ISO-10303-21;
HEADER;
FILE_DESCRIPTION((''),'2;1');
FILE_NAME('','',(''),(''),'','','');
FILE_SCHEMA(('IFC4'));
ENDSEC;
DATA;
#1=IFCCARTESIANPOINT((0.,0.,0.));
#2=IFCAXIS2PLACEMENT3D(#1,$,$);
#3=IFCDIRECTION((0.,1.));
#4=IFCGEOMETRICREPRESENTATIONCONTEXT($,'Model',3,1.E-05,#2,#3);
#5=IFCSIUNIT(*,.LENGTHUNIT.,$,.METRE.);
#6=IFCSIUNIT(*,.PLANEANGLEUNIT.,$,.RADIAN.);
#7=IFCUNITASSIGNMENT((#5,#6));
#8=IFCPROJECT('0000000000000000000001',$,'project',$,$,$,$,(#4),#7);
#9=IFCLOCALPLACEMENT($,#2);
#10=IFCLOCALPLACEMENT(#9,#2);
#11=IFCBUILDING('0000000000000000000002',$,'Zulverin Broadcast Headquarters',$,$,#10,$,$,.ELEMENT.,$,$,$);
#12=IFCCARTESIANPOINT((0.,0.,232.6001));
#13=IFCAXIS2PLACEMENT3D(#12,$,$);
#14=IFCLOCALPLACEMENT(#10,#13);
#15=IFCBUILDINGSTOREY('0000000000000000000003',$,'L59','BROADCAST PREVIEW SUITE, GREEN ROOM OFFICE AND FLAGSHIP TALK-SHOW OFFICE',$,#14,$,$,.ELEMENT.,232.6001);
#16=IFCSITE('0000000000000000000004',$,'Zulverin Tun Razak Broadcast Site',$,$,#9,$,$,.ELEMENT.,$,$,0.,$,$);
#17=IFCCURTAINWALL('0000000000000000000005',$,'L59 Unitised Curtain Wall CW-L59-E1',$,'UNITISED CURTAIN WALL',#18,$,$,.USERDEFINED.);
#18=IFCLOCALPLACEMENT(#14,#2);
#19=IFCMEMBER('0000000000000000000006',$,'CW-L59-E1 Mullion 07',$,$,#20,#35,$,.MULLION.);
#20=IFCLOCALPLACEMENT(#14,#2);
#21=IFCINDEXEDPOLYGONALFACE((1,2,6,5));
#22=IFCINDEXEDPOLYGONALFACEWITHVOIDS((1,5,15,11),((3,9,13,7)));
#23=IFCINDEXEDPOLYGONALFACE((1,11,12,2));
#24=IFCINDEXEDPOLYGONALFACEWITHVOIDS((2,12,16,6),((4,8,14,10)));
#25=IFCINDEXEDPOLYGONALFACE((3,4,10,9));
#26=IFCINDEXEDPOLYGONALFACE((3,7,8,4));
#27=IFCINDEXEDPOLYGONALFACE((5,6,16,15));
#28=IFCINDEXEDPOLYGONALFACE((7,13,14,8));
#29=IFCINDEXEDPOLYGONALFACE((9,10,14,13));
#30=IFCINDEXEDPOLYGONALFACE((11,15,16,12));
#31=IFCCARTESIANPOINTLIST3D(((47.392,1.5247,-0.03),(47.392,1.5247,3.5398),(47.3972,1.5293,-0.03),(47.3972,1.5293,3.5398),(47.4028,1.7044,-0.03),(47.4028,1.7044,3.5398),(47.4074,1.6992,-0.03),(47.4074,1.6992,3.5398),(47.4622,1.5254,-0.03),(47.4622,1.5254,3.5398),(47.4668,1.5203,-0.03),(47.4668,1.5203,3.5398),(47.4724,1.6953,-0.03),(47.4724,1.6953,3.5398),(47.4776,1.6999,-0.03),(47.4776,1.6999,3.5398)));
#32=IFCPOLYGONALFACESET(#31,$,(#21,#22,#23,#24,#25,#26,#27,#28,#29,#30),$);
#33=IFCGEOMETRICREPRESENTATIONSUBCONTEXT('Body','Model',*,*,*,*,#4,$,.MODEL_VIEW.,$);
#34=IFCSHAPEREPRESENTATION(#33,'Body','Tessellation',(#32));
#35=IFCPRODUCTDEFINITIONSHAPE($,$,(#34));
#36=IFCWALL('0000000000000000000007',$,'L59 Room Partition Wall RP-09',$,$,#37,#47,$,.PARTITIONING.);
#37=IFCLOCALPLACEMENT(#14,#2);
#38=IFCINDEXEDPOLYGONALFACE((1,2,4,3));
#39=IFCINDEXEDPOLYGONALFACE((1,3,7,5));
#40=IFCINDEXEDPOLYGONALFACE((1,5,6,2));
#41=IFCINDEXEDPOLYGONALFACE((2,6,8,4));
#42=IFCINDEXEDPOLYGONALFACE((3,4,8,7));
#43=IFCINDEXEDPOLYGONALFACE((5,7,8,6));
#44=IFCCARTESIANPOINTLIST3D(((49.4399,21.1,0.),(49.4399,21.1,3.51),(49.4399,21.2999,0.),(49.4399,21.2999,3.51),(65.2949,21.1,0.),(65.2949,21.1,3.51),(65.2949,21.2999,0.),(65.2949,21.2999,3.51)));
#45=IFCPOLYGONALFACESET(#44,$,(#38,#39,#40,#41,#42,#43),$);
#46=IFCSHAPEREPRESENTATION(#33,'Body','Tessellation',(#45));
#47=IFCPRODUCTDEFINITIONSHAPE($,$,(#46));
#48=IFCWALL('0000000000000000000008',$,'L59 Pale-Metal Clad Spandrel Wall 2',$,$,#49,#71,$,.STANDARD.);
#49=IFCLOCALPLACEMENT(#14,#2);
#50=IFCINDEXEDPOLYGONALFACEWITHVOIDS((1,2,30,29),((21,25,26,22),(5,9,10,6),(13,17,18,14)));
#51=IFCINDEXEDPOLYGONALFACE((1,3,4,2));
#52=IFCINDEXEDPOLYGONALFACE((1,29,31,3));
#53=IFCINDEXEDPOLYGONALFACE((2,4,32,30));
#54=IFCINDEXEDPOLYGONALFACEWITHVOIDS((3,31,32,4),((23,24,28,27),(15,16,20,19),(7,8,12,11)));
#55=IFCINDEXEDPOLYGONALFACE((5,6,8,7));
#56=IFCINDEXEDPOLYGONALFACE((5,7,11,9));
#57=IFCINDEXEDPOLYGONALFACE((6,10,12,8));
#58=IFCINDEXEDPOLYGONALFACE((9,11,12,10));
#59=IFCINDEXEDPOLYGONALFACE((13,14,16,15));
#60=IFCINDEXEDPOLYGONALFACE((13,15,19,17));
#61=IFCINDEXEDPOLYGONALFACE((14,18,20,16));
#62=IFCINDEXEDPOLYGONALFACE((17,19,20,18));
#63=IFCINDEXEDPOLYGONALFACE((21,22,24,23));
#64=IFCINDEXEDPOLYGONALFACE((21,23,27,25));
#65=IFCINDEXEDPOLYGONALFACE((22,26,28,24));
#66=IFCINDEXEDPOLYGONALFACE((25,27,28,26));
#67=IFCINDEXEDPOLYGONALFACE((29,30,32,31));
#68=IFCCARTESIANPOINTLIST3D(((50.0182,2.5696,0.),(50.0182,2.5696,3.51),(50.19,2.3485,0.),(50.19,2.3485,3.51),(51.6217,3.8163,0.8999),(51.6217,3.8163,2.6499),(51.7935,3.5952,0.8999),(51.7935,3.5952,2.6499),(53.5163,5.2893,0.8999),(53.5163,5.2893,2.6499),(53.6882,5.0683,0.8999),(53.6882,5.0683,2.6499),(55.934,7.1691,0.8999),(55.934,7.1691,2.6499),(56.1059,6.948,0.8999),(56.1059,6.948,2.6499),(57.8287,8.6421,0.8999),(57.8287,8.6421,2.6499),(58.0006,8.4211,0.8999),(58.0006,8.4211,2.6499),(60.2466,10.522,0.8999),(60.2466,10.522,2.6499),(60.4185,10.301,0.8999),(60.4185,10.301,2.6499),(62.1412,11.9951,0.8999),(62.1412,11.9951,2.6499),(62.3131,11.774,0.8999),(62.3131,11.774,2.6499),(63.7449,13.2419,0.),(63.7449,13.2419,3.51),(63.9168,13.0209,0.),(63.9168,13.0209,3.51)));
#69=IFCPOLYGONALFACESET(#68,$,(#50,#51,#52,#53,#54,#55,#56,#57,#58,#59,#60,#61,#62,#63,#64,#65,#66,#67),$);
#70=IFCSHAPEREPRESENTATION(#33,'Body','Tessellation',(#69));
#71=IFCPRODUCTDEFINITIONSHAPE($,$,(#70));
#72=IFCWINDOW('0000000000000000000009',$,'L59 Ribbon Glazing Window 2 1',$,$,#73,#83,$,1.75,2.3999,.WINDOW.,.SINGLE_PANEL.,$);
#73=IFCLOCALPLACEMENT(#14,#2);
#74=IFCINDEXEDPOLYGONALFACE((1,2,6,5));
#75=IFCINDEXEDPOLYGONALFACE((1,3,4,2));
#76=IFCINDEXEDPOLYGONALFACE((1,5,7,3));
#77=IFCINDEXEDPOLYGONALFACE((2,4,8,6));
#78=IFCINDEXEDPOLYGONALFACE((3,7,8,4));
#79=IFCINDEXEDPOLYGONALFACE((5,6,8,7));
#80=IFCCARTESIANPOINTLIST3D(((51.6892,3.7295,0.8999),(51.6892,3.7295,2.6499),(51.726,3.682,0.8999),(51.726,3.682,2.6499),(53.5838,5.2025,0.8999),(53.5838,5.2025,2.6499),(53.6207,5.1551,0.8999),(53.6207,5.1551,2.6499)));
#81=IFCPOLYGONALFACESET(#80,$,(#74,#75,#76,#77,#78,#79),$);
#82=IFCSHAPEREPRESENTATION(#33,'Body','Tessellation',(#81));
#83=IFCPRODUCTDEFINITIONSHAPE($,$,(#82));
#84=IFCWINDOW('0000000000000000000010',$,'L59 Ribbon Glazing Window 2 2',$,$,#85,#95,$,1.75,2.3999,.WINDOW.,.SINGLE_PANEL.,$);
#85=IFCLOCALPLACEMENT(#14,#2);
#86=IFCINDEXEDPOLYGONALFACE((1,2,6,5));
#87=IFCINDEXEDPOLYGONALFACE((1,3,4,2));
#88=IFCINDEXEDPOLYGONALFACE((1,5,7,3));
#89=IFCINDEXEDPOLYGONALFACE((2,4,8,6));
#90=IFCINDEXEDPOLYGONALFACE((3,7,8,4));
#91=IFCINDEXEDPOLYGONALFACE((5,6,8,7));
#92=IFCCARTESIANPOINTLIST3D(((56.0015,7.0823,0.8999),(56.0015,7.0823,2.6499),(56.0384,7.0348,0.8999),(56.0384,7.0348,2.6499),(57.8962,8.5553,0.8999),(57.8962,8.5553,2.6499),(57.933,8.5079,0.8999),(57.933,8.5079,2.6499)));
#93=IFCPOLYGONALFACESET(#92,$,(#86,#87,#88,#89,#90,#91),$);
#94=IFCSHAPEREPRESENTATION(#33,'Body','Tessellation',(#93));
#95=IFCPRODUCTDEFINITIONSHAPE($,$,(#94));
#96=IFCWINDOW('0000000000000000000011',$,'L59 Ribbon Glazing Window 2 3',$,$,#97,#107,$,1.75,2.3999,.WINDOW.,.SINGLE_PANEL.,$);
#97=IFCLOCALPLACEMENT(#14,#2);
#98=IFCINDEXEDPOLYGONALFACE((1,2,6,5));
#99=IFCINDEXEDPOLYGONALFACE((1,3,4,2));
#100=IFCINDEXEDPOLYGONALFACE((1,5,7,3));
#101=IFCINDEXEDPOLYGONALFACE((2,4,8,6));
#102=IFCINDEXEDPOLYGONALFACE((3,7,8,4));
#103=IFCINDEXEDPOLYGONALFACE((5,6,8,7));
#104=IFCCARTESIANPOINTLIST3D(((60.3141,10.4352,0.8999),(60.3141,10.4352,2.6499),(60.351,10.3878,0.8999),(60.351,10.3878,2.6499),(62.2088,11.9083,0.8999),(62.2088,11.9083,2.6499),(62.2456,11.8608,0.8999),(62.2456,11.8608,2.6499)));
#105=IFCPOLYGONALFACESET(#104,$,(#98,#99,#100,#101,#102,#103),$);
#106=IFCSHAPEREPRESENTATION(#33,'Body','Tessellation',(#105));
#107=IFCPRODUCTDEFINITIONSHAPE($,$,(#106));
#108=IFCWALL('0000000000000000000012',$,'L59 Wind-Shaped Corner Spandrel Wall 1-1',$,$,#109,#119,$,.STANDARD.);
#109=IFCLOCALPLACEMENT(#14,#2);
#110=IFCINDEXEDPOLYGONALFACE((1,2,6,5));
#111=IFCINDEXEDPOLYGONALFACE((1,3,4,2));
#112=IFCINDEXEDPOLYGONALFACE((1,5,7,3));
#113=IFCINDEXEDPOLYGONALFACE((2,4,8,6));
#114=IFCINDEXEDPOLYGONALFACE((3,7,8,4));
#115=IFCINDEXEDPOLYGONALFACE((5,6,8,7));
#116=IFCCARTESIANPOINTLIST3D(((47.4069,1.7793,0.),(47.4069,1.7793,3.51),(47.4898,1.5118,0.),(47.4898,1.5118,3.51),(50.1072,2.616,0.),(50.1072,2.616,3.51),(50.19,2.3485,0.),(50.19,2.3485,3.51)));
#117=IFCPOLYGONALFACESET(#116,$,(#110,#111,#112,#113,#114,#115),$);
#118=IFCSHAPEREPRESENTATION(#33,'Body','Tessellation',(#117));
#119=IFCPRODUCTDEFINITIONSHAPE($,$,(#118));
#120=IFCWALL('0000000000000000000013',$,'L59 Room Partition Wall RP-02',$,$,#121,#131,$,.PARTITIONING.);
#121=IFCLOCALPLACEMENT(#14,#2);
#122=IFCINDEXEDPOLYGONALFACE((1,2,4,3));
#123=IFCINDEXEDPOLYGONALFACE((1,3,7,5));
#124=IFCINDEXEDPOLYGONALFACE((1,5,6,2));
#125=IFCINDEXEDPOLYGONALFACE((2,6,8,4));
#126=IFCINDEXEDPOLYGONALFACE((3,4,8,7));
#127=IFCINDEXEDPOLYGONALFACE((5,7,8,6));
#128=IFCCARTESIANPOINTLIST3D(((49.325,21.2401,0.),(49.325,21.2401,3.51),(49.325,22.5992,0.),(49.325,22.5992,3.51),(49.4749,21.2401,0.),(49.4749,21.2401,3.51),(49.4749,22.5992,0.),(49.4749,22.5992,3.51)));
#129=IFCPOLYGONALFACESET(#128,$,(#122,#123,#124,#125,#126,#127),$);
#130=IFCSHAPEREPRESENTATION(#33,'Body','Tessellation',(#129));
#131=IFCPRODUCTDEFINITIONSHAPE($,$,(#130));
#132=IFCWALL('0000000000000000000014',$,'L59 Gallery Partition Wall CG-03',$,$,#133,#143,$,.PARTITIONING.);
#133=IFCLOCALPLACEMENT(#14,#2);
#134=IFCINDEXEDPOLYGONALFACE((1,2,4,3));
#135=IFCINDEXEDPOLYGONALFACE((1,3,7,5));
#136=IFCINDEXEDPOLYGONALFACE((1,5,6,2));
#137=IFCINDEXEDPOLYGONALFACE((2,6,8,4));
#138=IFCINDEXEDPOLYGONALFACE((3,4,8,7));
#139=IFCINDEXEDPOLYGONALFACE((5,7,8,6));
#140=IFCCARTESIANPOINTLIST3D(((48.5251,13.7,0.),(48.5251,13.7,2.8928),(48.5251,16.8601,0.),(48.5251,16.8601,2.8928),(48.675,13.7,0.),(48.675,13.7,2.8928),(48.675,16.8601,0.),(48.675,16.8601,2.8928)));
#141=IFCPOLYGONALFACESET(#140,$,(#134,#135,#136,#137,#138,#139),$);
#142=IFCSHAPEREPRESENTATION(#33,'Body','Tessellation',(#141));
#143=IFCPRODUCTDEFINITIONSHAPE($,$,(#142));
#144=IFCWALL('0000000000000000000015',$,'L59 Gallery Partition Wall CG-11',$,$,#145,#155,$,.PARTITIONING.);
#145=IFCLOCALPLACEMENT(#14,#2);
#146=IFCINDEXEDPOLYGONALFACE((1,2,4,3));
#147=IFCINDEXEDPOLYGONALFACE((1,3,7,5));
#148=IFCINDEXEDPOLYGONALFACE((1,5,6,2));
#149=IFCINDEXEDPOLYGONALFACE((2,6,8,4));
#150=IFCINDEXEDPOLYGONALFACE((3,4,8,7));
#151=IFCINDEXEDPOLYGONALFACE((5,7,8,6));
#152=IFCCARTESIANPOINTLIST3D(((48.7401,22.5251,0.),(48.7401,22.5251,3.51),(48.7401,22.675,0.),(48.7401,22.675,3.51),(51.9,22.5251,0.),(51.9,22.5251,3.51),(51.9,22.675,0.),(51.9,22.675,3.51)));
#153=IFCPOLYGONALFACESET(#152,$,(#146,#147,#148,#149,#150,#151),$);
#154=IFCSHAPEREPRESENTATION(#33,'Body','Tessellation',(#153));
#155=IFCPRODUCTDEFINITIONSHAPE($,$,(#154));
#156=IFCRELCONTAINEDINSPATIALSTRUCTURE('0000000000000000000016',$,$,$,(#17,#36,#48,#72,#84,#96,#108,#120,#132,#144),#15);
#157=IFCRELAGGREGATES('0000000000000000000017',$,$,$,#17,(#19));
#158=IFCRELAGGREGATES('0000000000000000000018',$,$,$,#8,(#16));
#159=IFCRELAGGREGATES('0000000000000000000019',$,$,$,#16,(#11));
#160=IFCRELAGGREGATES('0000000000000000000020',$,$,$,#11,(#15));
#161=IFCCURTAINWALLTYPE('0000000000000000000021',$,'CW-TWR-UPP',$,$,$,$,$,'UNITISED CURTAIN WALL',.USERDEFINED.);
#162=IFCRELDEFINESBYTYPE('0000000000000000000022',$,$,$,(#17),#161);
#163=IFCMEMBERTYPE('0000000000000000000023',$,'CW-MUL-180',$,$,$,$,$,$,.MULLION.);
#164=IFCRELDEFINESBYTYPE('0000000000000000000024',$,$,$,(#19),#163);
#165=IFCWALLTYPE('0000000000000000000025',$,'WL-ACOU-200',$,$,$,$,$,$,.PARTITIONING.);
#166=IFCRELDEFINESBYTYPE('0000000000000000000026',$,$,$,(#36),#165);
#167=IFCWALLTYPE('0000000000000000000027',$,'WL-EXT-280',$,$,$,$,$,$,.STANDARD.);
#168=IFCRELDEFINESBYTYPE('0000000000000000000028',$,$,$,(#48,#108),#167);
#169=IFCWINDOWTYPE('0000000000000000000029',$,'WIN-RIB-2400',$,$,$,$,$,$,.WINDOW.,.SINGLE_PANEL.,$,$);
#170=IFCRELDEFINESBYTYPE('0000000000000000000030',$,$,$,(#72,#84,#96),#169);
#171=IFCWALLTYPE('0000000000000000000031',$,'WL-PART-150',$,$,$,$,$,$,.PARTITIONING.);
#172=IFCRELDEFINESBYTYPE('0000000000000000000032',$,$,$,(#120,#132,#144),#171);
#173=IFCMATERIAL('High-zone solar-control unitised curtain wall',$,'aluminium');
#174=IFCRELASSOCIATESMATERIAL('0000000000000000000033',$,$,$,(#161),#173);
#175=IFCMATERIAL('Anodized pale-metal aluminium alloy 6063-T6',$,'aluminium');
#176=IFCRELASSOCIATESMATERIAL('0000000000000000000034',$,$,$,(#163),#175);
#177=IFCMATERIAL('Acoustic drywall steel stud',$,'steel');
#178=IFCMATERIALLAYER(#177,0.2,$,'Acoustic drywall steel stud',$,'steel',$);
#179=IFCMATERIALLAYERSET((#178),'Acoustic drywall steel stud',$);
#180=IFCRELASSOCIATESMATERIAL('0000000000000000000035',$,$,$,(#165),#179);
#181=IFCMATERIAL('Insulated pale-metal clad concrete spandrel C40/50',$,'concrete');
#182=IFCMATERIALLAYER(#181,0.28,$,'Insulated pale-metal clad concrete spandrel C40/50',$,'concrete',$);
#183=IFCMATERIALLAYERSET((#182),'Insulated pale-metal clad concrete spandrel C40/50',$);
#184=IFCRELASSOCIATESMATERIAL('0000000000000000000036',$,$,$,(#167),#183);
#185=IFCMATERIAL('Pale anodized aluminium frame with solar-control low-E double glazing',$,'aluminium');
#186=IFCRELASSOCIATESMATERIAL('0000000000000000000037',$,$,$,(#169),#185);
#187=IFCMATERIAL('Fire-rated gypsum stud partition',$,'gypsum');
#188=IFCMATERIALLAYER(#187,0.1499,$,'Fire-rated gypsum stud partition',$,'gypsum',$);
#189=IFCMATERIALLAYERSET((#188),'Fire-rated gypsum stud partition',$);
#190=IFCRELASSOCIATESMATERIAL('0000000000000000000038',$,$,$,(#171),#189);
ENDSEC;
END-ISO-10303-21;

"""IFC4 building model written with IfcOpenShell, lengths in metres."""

from ifc_helpers import new_model, si_unit, direction, frame, frame_2d, origin, origin_2d, place, context, subcontext, project, spatial, rectangle, hollow_rectangle, extrude, material, layer, layer_set, material_profile, profile_set, type_object, element, fill, aggregate, save


model = new_model("IFC4")

# Units and contexts
model_context = context("Model", 3, precision=1e-05, world=origin(), true_north=direction((0.0, 1.0)))
body_context = subcontext(model_context, "Body", "Model", "MODEL_VIEW")
ifc_project = project(units=[si_unit("LENGTHUNIT", "METRE"), si_unit("PLANEANGLEUNIT", "RADIAN")], contexts=[model_context])

# Site, building, storey
site_placement = place(None, origin())
site = spatial("IfcSite", under=ifc_project, at=site_placement, Name="Zulverin Tun Razak Broadcast Site", CompositionType="ELEMENT", RefElevation=0.0)
building_placement = place(site_placement, origin())
building = spatial("IfcBuilding", under=site, at=building_placement, Name="Zulverin Broadcast Headquarters", CompositionType="ELEMENT")
storey_placement = place(building_placement, frame((0.0, 0.0, 232.6001)))
storey = spatial("IfcBuildingStorey", under=building, at=storey_placement, Name="L59", Description="BROADCAST PREVIEW SUITE, GREEN ROOM OFFICE AND FLAGSHIP TALK-SHOW OFFICE", CompositionType="ELEMENT", Elevation=232.6001)

# Curtain wall, member
ifc_material_1 = material(Name="High-zone solar-control unitised curtain wall", Category="aluminium")
curtain_wall_type = type_object("IfcCurtainWallType", Name="CW-TWR-UPP", ElementType="UNITISED CURTAIN WALL", PredefinedType="USERDEFINED", material=ifc_material_1)
curtain_wall_placement = place(storey_placement, origin())
curtain_wall = element("IfcCurtainWall", 1, at=curtain_wall_placement, inside=storey, type_object=curtain_wall_type, Name="L59 Unitised Curtain Wall CW-L59-E1", ObjectType="UNITISED CURTAIN WALL", PredefinedType="USERDEFINED")
ifc_material_2 = material(Name="Anodized pale-metal aluminium alloy 6063-T6", Category="aluminium")
ifc_material_profile_1 = material_profile(ifc_material_2, hollow_rectangle(XDim=0.075, YDim=0.1799, WallThickness=0.0049, at=origin_2d()), Name="Anodized pale-metal aluminium alloy 6063-T6", Category="aluminium")
ifc_profile_set_1 = profile_set([ifc_material_profile_1], Name="Anodized pale-metal aluminium alloy 6063-T6")
member_type = type_object("IfcMemberType", Name="CW-MUL-180", PredefinedType="MULLION", material=ifc_profile_set_1)
member_placement = place(storey_placement, frame((47.4348, 1.6123, -0.03), z_axis=(0.0, 0.0, 1.0), x_axis=(0.998203, -0.059928, 0.0)))
member = element("IfcMember", 2, at=member_placement, type_object=member_type, Name="CW-L59-E1 Mullion 07", PredefinedType="MULLION", context=body_context, shape_type="SweptSolid", body=[
    extrude(hollow_rectangle(XDim=0.075, YDim=0.1799, WallThickness=0.0049, at=origin_2d()), origin(), (0.0, 0.0, 1.0), 3.5698),
])
aggregate(curtain_wall, [member])

# Wall
ifc_material_3 = material(Name="Acoustic drywall steel stud", Category="steel")
ifc_layer_1 = layer(ifc_material_3, 0.2, Name="Acoustic drywall steel stud", Category="steel")
ifc_layer_set_1 = layer_set([ifc_layer_1], Name="Acoustic drywall steel stud")
wall_type_1 = type_object("IfcWallType", Name="WL-ACOU-200", PredefinedType="PARTITIONING", material=ifc_layer_set_1)
wall_1_placement = place(storey_placement, frame((49.4399, 21.2, 0.0), z_axis=(0.0, 0.0, 1.0), x_axis=(1.0, 0.0, 0.0)))
element("IfcWall", 3, at=wall_1_placement, inside=storey, type_object=wall_type_1, Name="L59 Room Partition Wall RP-09", PredefinedType="PARTITIONING", context=body_context, shape_type="SweptSolid", body=[
    extrude(rectangle(XDim=15.855, YDim=0.2, at=frame_2d((7.9275, 0.0))), origin(), (0.0, 0.0, 1.0), 3.51),
])

# Wall, openings, windows
ifc_material_4 = material(Name="Insulated pale-metal clad concrete spandrel C40/50", Category="concrete")
ifc_layer_2 = layer(ifc_material_4, 0.28, Name="Insulated pale-metal clad concrete spandrel C40/50", Category="concrete")
ifc_layer_set_2 = layer_set([ifc_layer_2], Name="Insulated pale-metal clad concrete spandrel C40/50")
wall_type_2 = type_object("IfcWallType", Name="WL-EXT-280", PredefinedType="STANDARD", material=ifc_layer_set_2)
wall_2_placement = place(storey_placement, frame((50.104, 2.459, 0.0), z_axis=(0.0, 0.0, 1.0), x_axis=(0.789465, 0.613796, 0.0)))
wall_2 = element("IfcWall", 4, at=wall_2_placement, inside=storey, type_object=wall_type_2, Name="L59 Pale-Metal Clad Spandrel Wall 2", PredefinedType="STANDARD", context=body_context, shape_type="SweptSolid", body=[
    extrude(rectangle(XDim=17.3875, YDim=0.28, at=frame_2d((8.6938, 0.0))), origin(), (0.0, 0.0, 1.0), 3.51),
])
opening_1_placement = place(wall_2_placement, frame((2.0312, 0.0, 0.8999)))
opening_1 = element("IfcOpeningElement", 5, at=opening_1_placement, cuts=wall_2, PredefinedType="OPENING", context=body_context, shape_type="SweptSolid", body=[
    extrude(rectangle(XDim=2.3999, YDim=1.75, at=frame_2d((1.2, 0.875))), frame((0.0, 0.1499, 0.0), z_axis=(0.0, -1.0, 0.0), x_axis=(1.0, 0.0, 0.0)), (0.0, 0.0, 1.0), 0.3),
])
opening_2_placement = place(wall_2_placement, frame((7.4937, 0.0, 0.8999)))
opening_2 = element("IfcOpeningElement", 6, at=opening_2_placement, cuts=wall_2, PredefinedType="OPENING", context=body_context, shape_type="SweptSolid", body=[
    extrude(rectangle(XDim=2.3999, YDim=1.75, at=frame_2d((1.2, 0.875))), frame((0.0, 0.1499, 0.0), z_axis=(0.0, -1.0, 0.0), x_axis=(1.0, 0.0, 0.0)), (0.0, 0.0, 1.0), 0.3),
])
opening_3_placement = place(wall_2_placement, frame((12.9563, 0.0, 0.8999)))
opening_3 = element("IfcOpeningElement", 7, at=opening_3_placement, cuts=wall_2, PredefinedType="OPENING", context=body_context, shape_type="SweptSolid", body=[
    extrude(rectangle(XDim=2.3999, YDim=1.75, at=frame_2d((1.2, 0.875))), frame((0.0, 0.1499, 0.0), z_axis=(0.0, -1.0, 0.0), x_axis=(1.0, 0.0, 0.0)), (0.0, 0.0, 1.0), 0.3),
])
ifc_material_5 = material(Name="Pale anodized aluminium frame with solar-control low-E double glazing", Category="aluminium")
window_type = type_object("IfcWindowType", Name="WIN-RIB-2400", PartitioningType="SINGLE_PANEL", PredefinedType="WINDOW", material=ifc_material_5)
window_1_placement = place(opening_1_placement, origin())
window_1 = element("IfcWindow", 8, at=window_1_placement, inside=storey, type_object=window_type, Name="L59 Ribbon Glazing Window 2 1", OverallHeight=1.75, OverallWidth=2.3999, PartitioningType="SINGLE_PANEL", PredefinedType="WINDOW", context=body_context, shape_type="SweptSolid", body=[
    extrude(rectangle(XDim=2.3999, YDim=1.75, at=frame_2d((1.2, 0.875))), frame((0.0, 0.03, 0.0), z_axis=(0.0, -1.0, 0.0), x_axis=(1.0, 0.0, 0.0)), (0.0, 0.0, 1.0), 0.0601),
])
fill(opening_1, window_1)
window_2_placement = place(opening_2_placement, origin())
window_2 = element("IfcWindow", 9, at=window_2_placement, inside=storey, type_object=window_type, Name="L59 Ribbon Glazing Window 2 2", OverallHeight=1.75, OverallWidth=2.3999, PartitioningType="SINGLE_PANEL", PredefinedType="WINDOW", context=body_context, shape_type="SweptSolid", body=[
    extrude(rectangle(XDim=2.3999, YDim=1.75, at=frame_2d((1.2, 0.875))), frame((0.0, 0.03, 0.0), z_axis=(0.0, -1.0, 0.0), x_axis=(1.0, 0.0, 0.0)), (0.0, 0.0, 1.0), 0.0601),
])
fill(opening_2, window_2)
window_3_placement = place(opening_3_placement, origin())
window_3 = element("IfcWindow", 10, at=window_3_placement, inside=storey, type_object=window_type, Name="L59 Ribbon Glazing Window 2 3", OverallHeight=1.75, OverallWidth=2.3999, PartitioningType="SINGLE_PANEL", PredefinedType="WINDOW", context=body_context, shape_type="SweptSolid", body=[
    extrude(rectangle(XDim=2.3999, YDim=1.75, at=frame_2d((1.2, 0.875))), frame((0.0, 0.03, 0.0), z_axis=(0.0, -1.0, 0.0), x_axis=(1.0, 0.0, 0.0)), (0.0, 0.0, 1.0), 0.0601),
])
fill(opening_3, window_3)

# Walls
wall_3_placement = place(storey_placement, frame((47.4482, 1.6455, 0.0), z_axis=(0.0, 0.0, 1.0), x_axis=(0.955196, 0.295973, 0.0)))
element("IfcWall", 11, at=wall_3_placement, inside=storey, type_object=wall_type_2, Name="L59 Wind-Shaped Corner Spandrel Wall 1-1", PredefinedType="STANDARD", context=body_context, shape_type="SweptSolid", body=[
    extrude(rectangle(XDim=2.8269, YDim=0.28, at=frame_2d((1.4136, 0.0))), origin(), (0.0, 0.0, 1.0), 3.51),
])
ifc_material_6 = material(Name="Fire-rated gypsum stud partition", Category="gypsum")
ifc_layer_3 = layer(ifc_material_6, 0.1499, Name="Fire-rated gypsum stud partition", Category="gypsum")
ifc_layer_set_3 = layer_set([ifc_layer_3], Name="Fire-rated gypsum stud partition")
wall_type_3 = type_object("IfcWallType", Name="WL-PART-150", PredefinedType="PARTITIONING", material=ifc_layer_set_3)
wall_4_placement = place(storey_placement, frame((49.3999, 21.24, 0.0), z_axis=(0.0, 0.0, 1.0), x_axis=(0.0, 1.0, 0.0)))
element("IfcWall", 12, at=wall_4_placement, inside=storey, type_object=wall_type_3, Name="L59 Room Partition Wall RP-02", PredefinedType="PARTITIONING", context=body_context, shape_type="SweptSolid", body=[
    extrude(rectangle(XDim=1.3591, YDim=0.1499, at=frame_2d((0.6797, 0.0))), origin(), (0.0, 0.0, 1.0), 3.51),
])
wall_5_placement = place(storey_placement, frame((48.6001, 13.7, 0.0), z_axis=(0.0, 0.0, 1.0), x_axis=(0.0, 1.0, 0.0)))
element("IfcWall", 13, at=wall_5_placement, inside=storey, type_object=wall_type_3, Name="L59 Gallery Partition Wall CG-03", PredefinedType="PARTITIONING", context=body_context, shape_type="SweptSolid", body=[
    extrude(rectangle(XDim=3.1602, YDim=0.1499, at=frame_2d((1.5801, 0.0))), origin(), (0.0, 0.0, 1.0), 2.8928),
])
wall_6_placement = place(storey_placement, frame((48.74, 22.6001, 0.0), z_axis=(0.0, 0.0, 1.0), x_axis=(1.0, 0.0, 0.0)))
element("IfcWall", 14, at=wall_6_placement, inside=storey, type_object=wall_type_3, Name="L59 Gallery Partition Wall CG-11", PredefinedType="PARTITIONING", context=body_context, shape_type="SweptSolid", body=[
    extrude(rectangle(XDim=3.1599, YDim=0.1499, at=frame_2d((1.5801, 0.0))), origin(), (0.0, 0.0, 1.0), 3.51),
])

save(model, "model.ifc")
